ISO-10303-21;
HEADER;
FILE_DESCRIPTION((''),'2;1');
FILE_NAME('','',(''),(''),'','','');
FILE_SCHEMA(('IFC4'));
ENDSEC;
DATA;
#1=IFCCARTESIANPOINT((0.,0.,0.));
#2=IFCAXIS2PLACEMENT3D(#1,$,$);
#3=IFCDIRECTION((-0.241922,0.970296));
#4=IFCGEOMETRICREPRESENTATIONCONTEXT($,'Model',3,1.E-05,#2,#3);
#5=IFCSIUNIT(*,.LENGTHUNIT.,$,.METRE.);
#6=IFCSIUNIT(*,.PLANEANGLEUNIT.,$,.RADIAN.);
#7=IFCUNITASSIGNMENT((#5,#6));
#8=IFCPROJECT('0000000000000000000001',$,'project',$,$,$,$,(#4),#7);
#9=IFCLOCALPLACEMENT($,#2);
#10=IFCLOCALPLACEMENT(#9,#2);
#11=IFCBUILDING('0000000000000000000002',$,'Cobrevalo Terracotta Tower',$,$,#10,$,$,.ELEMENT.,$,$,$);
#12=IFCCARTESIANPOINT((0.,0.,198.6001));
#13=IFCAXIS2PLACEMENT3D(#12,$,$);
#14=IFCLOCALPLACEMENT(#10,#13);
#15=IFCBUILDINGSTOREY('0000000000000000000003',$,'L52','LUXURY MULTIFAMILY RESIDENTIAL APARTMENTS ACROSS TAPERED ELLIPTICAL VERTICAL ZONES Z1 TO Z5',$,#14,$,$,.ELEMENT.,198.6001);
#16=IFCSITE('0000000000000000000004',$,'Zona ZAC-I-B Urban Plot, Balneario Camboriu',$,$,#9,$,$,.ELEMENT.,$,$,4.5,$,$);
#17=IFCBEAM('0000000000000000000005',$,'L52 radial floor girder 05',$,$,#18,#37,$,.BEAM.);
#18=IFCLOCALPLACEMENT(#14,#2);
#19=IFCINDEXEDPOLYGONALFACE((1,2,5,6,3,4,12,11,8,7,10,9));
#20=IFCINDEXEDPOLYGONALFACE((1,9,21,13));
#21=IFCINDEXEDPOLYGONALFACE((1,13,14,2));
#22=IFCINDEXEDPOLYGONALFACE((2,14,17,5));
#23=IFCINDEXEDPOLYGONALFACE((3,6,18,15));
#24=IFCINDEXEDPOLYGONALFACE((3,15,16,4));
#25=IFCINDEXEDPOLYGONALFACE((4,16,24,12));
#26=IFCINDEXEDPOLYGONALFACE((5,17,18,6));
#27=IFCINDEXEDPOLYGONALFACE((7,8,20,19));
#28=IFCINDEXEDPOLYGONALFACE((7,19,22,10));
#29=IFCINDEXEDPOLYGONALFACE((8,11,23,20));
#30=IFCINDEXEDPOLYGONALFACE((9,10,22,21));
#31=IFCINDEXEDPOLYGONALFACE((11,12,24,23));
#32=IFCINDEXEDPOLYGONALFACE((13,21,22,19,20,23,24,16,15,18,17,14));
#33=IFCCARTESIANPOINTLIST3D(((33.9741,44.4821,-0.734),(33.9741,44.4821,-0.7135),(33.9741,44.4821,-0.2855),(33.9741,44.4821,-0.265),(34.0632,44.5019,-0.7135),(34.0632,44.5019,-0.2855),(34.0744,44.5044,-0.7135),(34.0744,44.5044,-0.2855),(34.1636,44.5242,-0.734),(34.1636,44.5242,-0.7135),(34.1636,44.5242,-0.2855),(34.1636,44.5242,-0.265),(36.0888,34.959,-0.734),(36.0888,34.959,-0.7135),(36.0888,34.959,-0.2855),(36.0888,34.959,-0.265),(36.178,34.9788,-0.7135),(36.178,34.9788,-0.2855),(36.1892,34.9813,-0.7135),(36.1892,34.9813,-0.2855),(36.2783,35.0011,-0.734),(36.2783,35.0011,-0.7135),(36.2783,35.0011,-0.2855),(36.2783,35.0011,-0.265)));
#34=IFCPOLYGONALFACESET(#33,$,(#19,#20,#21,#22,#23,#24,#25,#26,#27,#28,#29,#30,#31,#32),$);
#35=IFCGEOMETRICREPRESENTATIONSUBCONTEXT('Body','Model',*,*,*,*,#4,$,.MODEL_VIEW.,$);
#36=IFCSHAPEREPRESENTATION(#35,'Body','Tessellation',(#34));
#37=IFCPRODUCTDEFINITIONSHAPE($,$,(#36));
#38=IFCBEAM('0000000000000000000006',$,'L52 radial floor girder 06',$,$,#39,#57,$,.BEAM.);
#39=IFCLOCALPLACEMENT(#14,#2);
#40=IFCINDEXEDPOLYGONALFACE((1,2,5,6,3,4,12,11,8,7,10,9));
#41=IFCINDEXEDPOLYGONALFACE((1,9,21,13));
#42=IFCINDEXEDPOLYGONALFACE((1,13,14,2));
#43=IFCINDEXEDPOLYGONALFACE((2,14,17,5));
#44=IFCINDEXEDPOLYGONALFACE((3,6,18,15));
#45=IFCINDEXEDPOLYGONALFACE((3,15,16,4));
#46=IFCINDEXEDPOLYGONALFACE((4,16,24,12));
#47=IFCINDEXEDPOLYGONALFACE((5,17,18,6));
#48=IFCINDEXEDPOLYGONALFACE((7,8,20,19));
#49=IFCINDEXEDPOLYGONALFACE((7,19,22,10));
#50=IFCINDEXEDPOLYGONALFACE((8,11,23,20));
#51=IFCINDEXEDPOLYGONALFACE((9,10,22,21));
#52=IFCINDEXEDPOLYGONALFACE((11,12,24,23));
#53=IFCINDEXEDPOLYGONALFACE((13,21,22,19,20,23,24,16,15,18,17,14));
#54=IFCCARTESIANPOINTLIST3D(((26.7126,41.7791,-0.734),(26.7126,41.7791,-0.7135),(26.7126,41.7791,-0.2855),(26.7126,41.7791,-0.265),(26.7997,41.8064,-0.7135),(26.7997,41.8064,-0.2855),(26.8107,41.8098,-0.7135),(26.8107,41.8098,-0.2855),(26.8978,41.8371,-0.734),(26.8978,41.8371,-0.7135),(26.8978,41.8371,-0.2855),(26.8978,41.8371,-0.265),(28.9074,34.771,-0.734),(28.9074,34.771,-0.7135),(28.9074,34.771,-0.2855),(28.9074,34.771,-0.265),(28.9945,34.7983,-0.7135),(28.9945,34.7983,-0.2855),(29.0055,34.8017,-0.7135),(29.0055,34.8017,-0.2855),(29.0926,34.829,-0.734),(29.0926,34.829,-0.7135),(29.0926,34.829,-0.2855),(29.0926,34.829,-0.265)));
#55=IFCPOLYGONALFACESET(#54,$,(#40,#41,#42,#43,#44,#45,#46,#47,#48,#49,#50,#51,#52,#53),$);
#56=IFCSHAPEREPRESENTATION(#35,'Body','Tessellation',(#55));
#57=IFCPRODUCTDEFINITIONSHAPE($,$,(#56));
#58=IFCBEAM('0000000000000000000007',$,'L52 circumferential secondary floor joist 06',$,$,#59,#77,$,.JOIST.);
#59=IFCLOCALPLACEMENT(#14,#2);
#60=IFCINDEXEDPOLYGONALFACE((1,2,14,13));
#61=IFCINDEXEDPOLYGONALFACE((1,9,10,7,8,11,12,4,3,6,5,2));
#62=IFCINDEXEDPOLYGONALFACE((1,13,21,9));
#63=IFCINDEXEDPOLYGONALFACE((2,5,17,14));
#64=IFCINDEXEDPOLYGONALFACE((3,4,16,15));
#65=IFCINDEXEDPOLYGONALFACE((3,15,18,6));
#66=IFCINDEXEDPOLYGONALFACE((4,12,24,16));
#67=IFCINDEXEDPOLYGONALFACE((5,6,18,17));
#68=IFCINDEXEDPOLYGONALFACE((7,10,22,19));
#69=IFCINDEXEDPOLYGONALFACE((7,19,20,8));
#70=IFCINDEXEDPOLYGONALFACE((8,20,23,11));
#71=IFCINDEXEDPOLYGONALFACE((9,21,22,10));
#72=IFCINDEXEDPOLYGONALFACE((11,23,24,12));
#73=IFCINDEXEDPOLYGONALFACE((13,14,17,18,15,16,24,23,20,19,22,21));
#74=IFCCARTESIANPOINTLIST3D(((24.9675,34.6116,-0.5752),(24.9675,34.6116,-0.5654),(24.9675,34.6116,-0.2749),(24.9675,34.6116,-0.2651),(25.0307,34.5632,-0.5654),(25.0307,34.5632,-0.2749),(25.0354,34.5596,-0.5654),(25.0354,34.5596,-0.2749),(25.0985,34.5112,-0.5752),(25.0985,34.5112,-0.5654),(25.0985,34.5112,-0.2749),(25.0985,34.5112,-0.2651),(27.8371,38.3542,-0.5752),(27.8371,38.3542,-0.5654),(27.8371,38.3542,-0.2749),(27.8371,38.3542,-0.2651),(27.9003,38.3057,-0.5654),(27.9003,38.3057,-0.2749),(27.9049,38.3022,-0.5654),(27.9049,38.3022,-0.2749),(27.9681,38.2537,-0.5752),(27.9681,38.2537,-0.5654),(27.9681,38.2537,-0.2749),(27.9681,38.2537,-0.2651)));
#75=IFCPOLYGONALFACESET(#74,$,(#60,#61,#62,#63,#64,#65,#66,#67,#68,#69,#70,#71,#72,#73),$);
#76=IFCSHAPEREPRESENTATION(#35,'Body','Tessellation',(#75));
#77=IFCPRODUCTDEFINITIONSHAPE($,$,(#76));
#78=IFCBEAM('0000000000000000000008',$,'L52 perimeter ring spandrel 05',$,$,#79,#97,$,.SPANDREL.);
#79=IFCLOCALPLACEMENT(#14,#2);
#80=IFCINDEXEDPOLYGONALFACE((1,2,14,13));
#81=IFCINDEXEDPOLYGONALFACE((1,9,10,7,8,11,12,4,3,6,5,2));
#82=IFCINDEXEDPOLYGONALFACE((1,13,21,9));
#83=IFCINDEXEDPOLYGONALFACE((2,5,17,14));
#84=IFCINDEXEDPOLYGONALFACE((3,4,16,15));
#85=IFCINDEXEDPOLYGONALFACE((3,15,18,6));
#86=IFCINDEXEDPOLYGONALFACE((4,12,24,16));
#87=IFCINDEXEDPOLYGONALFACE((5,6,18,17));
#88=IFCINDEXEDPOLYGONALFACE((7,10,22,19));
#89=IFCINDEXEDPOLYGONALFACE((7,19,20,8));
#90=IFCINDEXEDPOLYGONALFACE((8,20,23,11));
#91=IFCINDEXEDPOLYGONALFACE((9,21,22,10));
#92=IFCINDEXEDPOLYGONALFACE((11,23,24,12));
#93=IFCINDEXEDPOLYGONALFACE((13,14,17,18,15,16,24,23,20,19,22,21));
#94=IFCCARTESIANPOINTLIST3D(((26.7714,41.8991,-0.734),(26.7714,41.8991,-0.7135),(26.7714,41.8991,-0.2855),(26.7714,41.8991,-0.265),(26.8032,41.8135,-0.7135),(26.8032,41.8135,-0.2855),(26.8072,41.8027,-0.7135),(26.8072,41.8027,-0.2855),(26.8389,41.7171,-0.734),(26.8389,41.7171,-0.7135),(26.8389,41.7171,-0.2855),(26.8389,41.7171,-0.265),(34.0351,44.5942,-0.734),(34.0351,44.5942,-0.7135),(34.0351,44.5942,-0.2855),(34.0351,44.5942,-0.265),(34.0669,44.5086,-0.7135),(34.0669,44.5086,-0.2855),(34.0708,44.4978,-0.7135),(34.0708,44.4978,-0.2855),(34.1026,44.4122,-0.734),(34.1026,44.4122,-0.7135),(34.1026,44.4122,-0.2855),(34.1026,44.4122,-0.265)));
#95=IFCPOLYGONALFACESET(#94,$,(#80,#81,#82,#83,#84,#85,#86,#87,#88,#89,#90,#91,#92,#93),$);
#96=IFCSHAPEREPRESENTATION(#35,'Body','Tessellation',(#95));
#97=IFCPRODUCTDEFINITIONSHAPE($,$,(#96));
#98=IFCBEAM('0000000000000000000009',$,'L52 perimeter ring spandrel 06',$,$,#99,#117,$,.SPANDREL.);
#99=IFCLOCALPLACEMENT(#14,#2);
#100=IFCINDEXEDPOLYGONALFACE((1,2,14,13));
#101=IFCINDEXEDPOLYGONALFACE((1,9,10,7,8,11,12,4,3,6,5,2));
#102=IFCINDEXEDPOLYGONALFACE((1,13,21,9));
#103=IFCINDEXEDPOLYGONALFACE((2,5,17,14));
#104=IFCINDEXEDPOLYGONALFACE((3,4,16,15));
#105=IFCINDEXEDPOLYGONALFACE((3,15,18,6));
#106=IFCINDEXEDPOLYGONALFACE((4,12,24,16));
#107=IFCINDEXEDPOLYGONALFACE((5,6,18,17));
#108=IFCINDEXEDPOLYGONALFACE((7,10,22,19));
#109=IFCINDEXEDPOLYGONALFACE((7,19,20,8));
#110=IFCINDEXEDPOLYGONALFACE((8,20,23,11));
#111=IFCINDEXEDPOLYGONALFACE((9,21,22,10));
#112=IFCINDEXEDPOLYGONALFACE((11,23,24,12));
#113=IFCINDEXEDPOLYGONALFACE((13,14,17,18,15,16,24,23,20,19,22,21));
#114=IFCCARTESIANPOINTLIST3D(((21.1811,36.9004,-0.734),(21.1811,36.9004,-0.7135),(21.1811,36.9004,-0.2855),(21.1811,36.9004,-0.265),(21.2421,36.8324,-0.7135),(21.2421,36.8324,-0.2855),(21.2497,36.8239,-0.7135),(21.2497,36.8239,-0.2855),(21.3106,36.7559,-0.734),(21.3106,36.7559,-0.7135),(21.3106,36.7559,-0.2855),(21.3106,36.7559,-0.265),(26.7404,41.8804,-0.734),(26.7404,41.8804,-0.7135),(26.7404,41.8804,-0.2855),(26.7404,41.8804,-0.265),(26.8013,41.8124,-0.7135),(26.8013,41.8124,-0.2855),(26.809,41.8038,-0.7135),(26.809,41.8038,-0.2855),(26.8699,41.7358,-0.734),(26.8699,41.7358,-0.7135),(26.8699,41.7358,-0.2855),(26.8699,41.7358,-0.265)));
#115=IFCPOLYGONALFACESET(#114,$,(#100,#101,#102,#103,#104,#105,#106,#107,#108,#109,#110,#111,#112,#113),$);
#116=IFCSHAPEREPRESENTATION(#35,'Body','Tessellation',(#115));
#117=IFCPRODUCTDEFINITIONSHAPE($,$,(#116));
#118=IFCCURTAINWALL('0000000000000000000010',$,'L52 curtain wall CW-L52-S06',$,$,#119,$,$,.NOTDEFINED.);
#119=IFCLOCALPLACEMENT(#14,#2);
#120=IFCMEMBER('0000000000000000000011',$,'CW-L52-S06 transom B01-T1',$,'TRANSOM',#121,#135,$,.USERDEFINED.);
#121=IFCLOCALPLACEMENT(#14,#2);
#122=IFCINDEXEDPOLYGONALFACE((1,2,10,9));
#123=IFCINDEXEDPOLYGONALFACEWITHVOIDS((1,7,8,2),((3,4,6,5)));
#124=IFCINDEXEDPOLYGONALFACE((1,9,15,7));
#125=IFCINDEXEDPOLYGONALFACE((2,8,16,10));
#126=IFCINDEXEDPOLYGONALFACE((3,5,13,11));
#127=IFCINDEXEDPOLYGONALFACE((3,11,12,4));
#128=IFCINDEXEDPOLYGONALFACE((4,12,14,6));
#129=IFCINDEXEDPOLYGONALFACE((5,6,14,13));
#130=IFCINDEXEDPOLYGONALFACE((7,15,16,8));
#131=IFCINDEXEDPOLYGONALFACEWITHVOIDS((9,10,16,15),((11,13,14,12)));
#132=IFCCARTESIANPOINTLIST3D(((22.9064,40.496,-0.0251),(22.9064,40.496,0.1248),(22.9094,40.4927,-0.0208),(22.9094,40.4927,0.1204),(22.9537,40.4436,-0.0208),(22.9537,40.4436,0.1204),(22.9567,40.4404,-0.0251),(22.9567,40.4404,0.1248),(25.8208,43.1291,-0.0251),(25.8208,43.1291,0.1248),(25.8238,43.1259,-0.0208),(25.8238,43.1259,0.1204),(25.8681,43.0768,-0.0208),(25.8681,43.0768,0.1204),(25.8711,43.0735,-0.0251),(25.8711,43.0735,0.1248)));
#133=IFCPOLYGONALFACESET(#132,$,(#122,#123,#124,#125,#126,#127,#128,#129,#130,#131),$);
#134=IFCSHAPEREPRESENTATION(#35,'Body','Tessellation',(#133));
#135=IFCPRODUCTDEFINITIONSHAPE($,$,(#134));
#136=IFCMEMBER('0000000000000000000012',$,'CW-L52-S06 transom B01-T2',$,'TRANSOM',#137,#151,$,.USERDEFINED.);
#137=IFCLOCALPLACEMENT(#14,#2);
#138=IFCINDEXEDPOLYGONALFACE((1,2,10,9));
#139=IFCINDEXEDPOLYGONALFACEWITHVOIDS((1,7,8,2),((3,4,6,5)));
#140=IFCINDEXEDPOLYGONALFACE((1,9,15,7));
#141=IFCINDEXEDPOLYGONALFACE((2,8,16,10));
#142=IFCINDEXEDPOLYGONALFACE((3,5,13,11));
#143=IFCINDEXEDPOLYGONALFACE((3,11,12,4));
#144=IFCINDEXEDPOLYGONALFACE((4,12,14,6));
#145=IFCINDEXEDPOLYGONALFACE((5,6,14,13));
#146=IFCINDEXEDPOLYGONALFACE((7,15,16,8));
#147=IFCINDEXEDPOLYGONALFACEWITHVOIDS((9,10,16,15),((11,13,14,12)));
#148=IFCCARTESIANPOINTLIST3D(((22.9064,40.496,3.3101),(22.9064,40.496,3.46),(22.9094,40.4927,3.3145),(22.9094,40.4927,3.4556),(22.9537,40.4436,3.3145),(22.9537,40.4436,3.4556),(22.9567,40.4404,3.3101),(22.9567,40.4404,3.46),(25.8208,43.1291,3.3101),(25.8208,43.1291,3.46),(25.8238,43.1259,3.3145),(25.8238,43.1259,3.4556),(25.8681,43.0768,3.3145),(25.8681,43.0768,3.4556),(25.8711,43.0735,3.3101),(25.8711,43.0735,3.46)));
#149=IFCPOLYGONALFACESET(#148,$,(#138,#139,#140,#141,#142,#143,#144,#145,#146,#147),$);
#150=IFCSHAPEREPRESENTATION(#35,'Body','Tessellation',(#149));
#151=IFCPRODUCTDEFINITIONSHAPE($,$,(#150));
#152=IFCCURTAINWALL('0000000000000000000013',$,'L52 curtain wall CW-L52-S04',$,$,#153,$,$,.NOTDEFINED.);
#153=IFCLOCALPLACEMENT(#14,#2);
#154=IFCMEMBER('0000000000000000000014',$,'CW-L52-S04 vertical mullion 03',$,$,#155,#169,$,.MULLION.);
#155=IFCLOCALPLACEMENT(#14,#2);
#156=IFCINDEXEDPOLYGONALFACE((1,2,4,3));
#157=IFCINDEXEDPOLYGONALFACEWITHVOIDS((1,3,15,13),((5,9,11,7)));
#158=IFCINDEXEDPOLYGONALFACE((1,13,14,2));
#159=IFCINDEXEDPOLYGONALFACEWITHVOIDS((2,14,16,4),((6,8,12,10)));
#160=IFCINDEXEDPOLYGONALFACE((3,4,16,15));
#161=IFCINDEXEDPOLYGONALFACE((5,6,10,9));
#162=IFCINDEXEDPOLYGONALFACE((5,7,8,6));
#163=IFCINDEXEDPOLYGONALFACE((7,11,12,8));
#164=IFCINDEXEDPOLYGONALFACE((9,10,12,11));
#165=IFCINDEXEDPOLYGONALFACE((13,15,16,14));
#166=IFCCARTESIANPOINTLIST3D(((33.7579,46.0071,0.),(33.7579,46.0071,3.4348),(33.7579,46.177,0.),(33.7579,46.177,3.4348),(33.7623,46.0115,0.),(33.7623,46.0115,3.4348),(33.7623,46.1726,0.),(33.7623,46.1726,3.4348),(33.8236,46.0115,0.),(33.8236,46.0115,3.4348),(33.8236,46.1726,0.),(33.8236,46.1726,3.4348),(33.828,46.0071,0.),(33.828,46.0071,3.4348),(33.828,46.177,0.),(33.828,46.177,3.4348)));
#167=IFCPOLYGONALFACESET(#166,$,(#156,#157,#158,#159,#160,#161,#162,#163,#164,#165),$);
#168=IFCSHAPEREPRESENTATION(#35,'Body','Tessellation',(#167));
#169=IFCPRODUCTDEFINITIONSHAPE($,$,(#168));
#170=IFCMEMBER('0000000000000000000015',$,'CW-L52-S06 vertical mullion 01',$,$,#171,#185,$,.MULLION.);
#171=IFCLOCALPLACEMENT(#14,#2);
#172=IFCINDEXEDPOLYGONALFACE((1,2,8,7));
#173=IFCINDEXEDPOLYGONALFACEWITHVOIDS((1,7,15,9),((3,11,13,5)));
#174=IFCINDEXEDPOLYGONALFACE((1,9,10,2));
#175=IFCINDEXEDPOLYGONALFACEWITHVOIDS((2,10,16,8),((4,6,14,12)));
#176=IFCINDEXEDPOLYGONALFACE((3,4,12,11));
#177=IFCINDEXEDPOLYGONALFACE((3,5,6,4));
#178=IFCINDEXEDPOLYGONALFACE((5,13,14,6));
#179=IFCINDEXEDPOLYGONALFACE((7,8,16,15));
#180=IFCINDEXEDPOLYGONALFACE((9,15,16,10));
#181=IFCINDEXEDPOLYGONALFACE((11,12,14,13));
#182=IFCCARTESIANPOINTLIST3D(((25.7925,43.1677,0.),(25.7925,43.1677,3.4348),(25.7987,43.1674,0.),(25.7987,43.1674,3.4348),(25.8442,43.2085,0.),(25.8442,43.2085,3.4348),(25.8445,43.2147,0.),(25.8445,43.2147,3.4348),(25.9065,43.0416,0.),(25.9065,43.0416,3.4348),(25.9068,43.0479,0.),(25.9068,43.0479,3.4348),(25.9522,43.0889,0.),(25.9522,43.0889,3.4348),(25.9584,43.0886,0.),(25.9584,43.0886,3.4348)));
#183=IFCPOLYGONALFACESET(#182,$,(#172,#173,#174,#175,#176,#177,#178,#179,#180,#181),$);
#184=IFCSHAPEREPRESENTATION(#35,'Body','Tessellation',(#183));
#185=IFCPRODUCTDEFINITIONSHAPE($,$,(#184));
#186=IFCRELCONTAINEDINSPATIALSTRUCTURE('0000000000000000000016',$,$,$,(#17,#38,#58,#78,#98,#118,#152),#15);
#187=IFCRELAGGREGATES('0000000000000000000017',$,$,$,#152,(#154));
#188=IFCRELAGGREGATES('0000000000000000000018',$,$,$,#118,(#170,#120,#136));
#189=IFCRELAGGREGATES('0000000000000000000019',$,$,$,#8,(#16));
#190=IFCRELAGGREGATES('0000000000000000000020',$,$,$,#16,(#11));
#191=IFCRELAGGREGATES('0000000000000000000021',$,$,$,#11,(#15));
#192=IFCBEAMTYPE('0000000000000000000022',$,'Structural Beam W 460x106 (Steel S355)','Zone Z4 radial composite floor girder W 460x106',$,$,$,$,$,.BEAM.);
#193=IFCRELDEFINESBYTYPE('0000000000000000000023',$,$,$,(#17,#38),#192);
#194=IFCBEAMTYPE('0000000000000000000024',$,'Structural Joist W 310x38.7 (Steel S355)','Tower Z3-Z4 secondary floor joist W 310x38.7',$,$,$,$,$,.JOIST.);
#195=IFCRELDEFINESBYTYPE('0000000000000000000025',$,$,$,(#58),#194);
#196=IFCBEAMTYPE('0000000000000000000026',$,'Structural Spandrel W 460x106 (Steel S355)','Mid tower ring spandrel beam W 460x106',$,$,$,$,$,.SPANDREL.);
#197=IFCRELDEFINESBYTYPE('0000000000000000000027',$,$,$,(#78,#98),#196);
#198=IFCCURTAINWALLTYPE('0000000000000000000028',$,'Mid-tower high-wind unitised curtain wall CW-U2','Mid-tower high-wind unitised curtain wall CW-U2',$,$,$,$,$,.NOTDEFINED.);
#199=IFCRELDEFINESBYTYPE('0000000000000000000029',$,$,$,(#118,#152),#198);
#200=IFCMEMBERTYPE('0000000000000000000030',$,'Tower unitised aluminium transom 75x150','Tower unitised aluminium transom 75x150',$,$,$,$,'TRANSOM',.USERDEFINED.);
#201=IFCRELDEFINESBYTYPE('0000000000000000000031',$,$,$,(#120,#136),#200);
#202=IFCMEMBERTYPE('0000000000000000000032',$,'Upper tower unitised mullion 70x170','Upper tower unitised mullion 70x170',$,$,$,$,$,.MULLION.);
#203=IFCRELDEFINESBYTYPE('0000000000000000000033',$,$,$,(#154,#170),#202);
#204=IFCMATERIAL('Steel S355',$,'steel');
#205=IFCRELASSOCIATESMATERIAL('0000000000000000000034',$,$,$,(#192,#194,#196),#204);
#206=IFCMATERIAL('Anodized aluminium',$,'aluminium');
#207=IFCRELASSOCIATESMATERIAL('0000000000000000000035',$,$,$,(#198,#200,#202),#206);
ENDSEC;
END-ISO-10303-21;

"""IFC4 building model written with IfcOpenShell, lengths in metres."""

from ifc_helpers import new_model, si_unit, direction, frame, origin, origin_2d, place, context, subcontext, project, spatial, hollow_rectangle, i_section, extrude, source, transform, mapped, material, material_profile, profile_set, type_object, element, aggregate, save


model = new_model("IFC4")

# Units and contexts
model_context = context("Model", 3, precision=1e-05, world=origin(), true_north=direction((-0.241922, 0.970296)))
body_context = subcontext(model_context, "Body", "Model", "MODEL_VIEW")
ifc_project = project(units=[si_unit("LENGTHUNIT", "METRE"), si_unit("PLANEANGLEUNIT", "RADIAN")], contexts=[model_context])

# Site, building, storey
site_placement = place(None, origin())
site = spatial("IfcSite", under=ifc_project, at=site_placement, Name="Zona ZAC-I-B Urban Plot, Balneario Camboriu", CompositionType="ELEMENT", RefElevation=4.5)
building_placement = place(site_placement, origin())
building = spatial("IfcBuilding", under=site, at=building_placement, Name="Cobrevalo Terracotta Tower", CompositionType="ELEMENT")
storey_placement = place(building_placement, frame((0.0, 0.0, 198.6001)))
storey = spatial("IfcBuildingStorey", under=building, at=storey_placement, Name="L52", Description="LUXURY MULTIFAMILY RESIDENTIAL APARTMENTS ACROSS TAPERED ELLIPTICAL VERTICAL ZONES Z1 TO Z5", CompositionType="ELEMENT", Elevation=198.6001)

# Shared definitions
ifc_material_1 = material(Name="Steel S355", Category="steel")

# Beams
ifc_material_profile_1 = material_profile(ifc_material_1, i_section(OverallWidth=0.1941, OverallDepth=0.469, WebThickness=0.0115, FlangeThickness=0.0205, at=origin_2d()), Name="W 460x106")
ifc_profile_set_1 = profile_set([ifc_material_profile_1], Name="Steel S355")
beam_type_1 = type_object("IfcBeamType", Name="Structural Beam W 460x106 (Steel S355)", Description="Zone Z4 radial composite floor girder W 460x106", PredefinedType="BEAM", material=ifc_profile_set_1)
beam_1_placement = place(storey_placement, frame((34.0688, 44.5032, -0.4995), z_axis=(0.216782, -0.97622, 0.0), x_axis=(0.97622, 0.216782, 0.0)))
element("IfcBeam", 1, at=beam_1_placement, inside=storey, type_object=beam_type_1, Name="L52 radial floor girder 05", PredefinedType="BEAM", context=body_context, shape_type="SweptSolid", body=[
    extrude(i_section(OverallWidth=0.1941, OverallDepth=0.469, WebThickness=0.0115, FlangeThickness=0.0205, at=origin_2d()), origin(), (0.0, 0.0, 1.0), 9.7551),
])
beam_2_placement = place(storey_placement, frame((26.8052, 41.8081, -0.4995), z_axis=(0.298871, -0.954293, 0.0), x_axis=(0.954293, 0.298871, 0.0)))
element("IfcBeam", 2, at=beam_2_placement, inside=storey, type_object=beam_type_1, Name="L52 radial floor girder 06", PredefinedType="BEAM", context=body_context, shape_type="SweptSolid", body=[
    extrude(i_section(OverallWidth=0.1941, OverallDepth=0.469, WebThickness=0.0115, FlangeThickness=0.0205, at=origin_2d()), origin(), (0.0, 0.0, 1.0), 7.3438),
])
ifc_material_profile_2 = material_profile(ifc_material_1, i_section(OverallWidth=0.165, OverallDepth=0.3101, WebThickness=0.0059, FlangeThickness=0.0098, at=origin_2d()), Name="W 310x38.7")
ifc_profile_set_2 = profile_set([ifc_material_profile_2], Name="Steel S355")
beam_type_2 = type_object("IfcBeamType", Name="Structural Joist W 310x38.7 (Steel S355)", Description="Tower Z3-Z4 secondary floor joist W 310x38.7", PredefinedType="JOIST", material=ifc_profile_set_2)
beam_3_placement = place(storey_placement, frame((27.9026, 38.304, -0.4202), z_axis=(-0.608464, -0.793581, 0.0), x_axis=(0.793581, -0.608464, 0.0)))
element("IfcBeam", 3, at=beam_3_placement, inside=storey, type_object=beam_type_2, Name="L52 circumferential secondary floor joist 06", PredefinedType="JOIST", context=body_context, shape_type="SweptSolid", body=[
    extrude(i_section(OverallWidth=0.165, OverallDepth=0.3101, WebThickness=0.0059, FlangeThickness=0.0098, at=origin_2d()), origin(), (0.0, 0.0, 1.0), 4.7161),
])
ifc_material_profile_3 = material_profile(ifc_material_1, i_section(OverallWidth=0.1941, OverallDepth=0.469, WebThickness=0.0115, FlangeThickness=0.0205, at=origin_2d()), Name="W 460x106")
ifc_profile_set_3 = profile_set([ifc_material_profile_3], Name="Steel S355")
beam_type_3 = type_object("IfcBeamType", Name="Structural Spandrel W 460x106 (Steel S355)", Description="Mid tower ring spandrel beam W 460x106", PredefinedType="SPANDREL", material=ifc_profile_set_3)
beam_4_placement = place(storey_placement, frame((34.0688, 44.5032, -0.4995), z_axis=(-0.937546, -0.347861, 0.0), x_axis=(0.347861, -0.937546, 0.0)))
element("IfcBeam", 4, at=beam_4_placement, inside=storey, type_object=beam_type_3, Name="L52 perimeter ring spandrel 05", PredefinedType="SPANDREL", context=body_context, shape_type="SweptSolid", body=[
    extrude(i_section(OverallWidth=0.1941, OverallDepth=0.469, WebThickness=0.0115, FlangeThickness=0.0205, at=origin_2d()), origin(), (0.0, 0.0, 1.0), 7.7476),
])
beam_5_placement = place(storey_placement, frame((26.8052, 41.8081, -0.4995), z_axis=(-0.744852, -0.66723, 0.0), x_axis=(0.66723, -0.744852, 0.0)))
element("IfcBeam", 5, at=beam_5_placement, inside=storey, type_object=beam_type_3, Name="L52 perimeter ring spandrel 06", PredefinedType="SPANDREL", context=body_context, shape_type="SweptSolid", body=[
    extrude(i_section(OverallWidth=0.1941, OverallDepth=0.469, WebThickness=0.0115, FlangeThickness=0.0205, at=origin_2d()), origin(), (0.0, 0.0, 1.0), 7.4636),
])

# Curtain wall, members
ifc_material_2 = material(Name="Anodized aluminium", Category="aluminium")
curtain_wall_type = type_object("IfcCurtainWallType", Name="Mid-tower high-wind unitised curtain wall CW-U2", Description="Mid-tower high-wind unitised curtain wall CW-U2", PredefinedType="NOTDEFINED", material=ifc_material_2)
curtain_wall_1_placement = place(storey_placement, origin())
curtain_wall_1 = element("IfcCurtainWall", 6, at=curtain_wall_1_placement, inside=storey, type_object=curtain_wall_type, Name="L52 curtain wall CW-L52-S06", PredefinedType="NOTDEFINED")
ifc_material_profile_4 = material_profile(ifc_material_2, hollow_rectangle(XDim=0.075, YDim=0.1499, WallThickness=0.0044, at=origin_2d()), Name="CWT 75x150")
ifc_profile_set_4 = profile_set([ifc_material_profile_4], Name="Anodized aluminium")
member_type_1 = type_object("IfcMemberType", Name="Tower unitised aluminium transom 75x150", Description="Tower unitised aluminium transom 75x150", ElementType="TRANSOM", PredefinedType="USERDEFINED", material=ifc_profile_set_4)
shared_shape_1 = source(origin(), body_context, "Body", "SweptSolid", [
    extrude(hollow_rectangle(XDim=0.075, YDim=0.1499, WallThickness=0.0044, at=origin_2d()), origin(), (0.0, 0.0, 1.0), 3.9277),
])
member_1_placement = place(storey_placement, frame((25.8459, 43.1013, 0.0498), z_axis=(-0.742004, -0.670396, 0.0), x_axis=(0.670396, -0.742004, 0.0)))
member_1 = element("IfcMember", 7, at=member_1_placement, type_object=member_type_1, Name="CW-L52-S06 transom B01-T1", ObjectType="TRANSOM", PredefinedType="USERDEFINED", context=body_context, shape_type="MappedRepresentation", body=[
    mapped(shared_shape_1, transform((0.0, 0.0, 0.0), scale=1.0)),
])
member_2_placement = place(storey_placement, frame((25.8459, 43.1013, 3.385), z_axis=(-0.742004, -0.670396, 0.0), x_axis=(0.670396, -0.742004, 0.0)))
member_2 = element("IfcMember", 8, at=member_2_placement, type_object=member_type_1, Name="CW-L52-S06 transom B01-T2", ObjectType="TRANSOM", PredefinedType="USERDEFINED", context=body_context, shape_type="MappedRepresentation", body=[
    mapped(shared_shape_1, transform((0.0, 0.0, 0.0), scale=1.0)),
])

# Curtain wall, member
curtain_wall_2_placement = place(storey_placement, origin())
curtain_wall_2 = element("IfcCurtainWall", 9, at=curtain_wall_2_placement, inside=storey, type_object=curtain_wall_type, Name="L52 curtain wall CW-L52-S04", PredefinedType="NOTDEFINED")
ifc_material_profile_5 = material_profile(ifc_material_2, hollow_rectangle(XDim=0.0701, YDim=0.1699, WallThickness=0.0044, at=origin_2d()), Name="CWM 70x170")
ifc_profile_set_5 = profile_set([ifc_material_profile_5], Name="Anodized aluminium")
member_type_2 = type_object("IfcMemberType", Name="Upper tower unitised mullion 70x170", Description="Upper tower unitised mullion 70x170", PredefinedType="MULLION", material=ifc_profile_set_5)
shared_shape_2 = source(origin(), body_context, "Body", "SweptSolid", [
    extrude(hollow_rectangle(XDim=0.0701, YDim=0.1699, WallThickness=0.0044, at=origin_2d()), origin(), (0.0, 0.0, 1.0), 3.4348),
])
member_3_placement = place(storey_placement, frame((33.793, 46.092, 0.0), z_axis=(0.0, 0.0, 1.0), x_axis=(-1.0, 0.0, 0.0)))
member_3 = element("IfcMember", 10, at=member_3_placement, type_object=member_type_2, Name="CW-L52-S04 vertical mullion 03", PredefinedType="MULLION", context=body_context, shape_type="MappedRepresentation", body=[
    mapped(shared_shape_2, transform((0.0, 0.0, 0.0), scale=1.0)),
])
aggregate(curtain_wall_2, [member_3])

# Member
member_4_placement = place(storey_placement, frame((25.8755, 43.1282, 0.0), z_axis=(0.0, 0.0, 1.0), x_axis=(-0.741988, -0.670414, 0.0)))
member_4 = element("IfcMember", 11, at=member_4_placement, type_object=member_type_2, Name="CW-L52-S06 vertical mullion 01", PredefinedType="MULLION", context=body_context, shape_type="MappedRepresentation", body=[
    mapped(shared_shape_2, transform((0.0, 0.0, 0.0), scale=1.0)),
])
aggregate(curtain_wall_1, [member_4, member_1, member_2])

save(model, "model.ifc")
